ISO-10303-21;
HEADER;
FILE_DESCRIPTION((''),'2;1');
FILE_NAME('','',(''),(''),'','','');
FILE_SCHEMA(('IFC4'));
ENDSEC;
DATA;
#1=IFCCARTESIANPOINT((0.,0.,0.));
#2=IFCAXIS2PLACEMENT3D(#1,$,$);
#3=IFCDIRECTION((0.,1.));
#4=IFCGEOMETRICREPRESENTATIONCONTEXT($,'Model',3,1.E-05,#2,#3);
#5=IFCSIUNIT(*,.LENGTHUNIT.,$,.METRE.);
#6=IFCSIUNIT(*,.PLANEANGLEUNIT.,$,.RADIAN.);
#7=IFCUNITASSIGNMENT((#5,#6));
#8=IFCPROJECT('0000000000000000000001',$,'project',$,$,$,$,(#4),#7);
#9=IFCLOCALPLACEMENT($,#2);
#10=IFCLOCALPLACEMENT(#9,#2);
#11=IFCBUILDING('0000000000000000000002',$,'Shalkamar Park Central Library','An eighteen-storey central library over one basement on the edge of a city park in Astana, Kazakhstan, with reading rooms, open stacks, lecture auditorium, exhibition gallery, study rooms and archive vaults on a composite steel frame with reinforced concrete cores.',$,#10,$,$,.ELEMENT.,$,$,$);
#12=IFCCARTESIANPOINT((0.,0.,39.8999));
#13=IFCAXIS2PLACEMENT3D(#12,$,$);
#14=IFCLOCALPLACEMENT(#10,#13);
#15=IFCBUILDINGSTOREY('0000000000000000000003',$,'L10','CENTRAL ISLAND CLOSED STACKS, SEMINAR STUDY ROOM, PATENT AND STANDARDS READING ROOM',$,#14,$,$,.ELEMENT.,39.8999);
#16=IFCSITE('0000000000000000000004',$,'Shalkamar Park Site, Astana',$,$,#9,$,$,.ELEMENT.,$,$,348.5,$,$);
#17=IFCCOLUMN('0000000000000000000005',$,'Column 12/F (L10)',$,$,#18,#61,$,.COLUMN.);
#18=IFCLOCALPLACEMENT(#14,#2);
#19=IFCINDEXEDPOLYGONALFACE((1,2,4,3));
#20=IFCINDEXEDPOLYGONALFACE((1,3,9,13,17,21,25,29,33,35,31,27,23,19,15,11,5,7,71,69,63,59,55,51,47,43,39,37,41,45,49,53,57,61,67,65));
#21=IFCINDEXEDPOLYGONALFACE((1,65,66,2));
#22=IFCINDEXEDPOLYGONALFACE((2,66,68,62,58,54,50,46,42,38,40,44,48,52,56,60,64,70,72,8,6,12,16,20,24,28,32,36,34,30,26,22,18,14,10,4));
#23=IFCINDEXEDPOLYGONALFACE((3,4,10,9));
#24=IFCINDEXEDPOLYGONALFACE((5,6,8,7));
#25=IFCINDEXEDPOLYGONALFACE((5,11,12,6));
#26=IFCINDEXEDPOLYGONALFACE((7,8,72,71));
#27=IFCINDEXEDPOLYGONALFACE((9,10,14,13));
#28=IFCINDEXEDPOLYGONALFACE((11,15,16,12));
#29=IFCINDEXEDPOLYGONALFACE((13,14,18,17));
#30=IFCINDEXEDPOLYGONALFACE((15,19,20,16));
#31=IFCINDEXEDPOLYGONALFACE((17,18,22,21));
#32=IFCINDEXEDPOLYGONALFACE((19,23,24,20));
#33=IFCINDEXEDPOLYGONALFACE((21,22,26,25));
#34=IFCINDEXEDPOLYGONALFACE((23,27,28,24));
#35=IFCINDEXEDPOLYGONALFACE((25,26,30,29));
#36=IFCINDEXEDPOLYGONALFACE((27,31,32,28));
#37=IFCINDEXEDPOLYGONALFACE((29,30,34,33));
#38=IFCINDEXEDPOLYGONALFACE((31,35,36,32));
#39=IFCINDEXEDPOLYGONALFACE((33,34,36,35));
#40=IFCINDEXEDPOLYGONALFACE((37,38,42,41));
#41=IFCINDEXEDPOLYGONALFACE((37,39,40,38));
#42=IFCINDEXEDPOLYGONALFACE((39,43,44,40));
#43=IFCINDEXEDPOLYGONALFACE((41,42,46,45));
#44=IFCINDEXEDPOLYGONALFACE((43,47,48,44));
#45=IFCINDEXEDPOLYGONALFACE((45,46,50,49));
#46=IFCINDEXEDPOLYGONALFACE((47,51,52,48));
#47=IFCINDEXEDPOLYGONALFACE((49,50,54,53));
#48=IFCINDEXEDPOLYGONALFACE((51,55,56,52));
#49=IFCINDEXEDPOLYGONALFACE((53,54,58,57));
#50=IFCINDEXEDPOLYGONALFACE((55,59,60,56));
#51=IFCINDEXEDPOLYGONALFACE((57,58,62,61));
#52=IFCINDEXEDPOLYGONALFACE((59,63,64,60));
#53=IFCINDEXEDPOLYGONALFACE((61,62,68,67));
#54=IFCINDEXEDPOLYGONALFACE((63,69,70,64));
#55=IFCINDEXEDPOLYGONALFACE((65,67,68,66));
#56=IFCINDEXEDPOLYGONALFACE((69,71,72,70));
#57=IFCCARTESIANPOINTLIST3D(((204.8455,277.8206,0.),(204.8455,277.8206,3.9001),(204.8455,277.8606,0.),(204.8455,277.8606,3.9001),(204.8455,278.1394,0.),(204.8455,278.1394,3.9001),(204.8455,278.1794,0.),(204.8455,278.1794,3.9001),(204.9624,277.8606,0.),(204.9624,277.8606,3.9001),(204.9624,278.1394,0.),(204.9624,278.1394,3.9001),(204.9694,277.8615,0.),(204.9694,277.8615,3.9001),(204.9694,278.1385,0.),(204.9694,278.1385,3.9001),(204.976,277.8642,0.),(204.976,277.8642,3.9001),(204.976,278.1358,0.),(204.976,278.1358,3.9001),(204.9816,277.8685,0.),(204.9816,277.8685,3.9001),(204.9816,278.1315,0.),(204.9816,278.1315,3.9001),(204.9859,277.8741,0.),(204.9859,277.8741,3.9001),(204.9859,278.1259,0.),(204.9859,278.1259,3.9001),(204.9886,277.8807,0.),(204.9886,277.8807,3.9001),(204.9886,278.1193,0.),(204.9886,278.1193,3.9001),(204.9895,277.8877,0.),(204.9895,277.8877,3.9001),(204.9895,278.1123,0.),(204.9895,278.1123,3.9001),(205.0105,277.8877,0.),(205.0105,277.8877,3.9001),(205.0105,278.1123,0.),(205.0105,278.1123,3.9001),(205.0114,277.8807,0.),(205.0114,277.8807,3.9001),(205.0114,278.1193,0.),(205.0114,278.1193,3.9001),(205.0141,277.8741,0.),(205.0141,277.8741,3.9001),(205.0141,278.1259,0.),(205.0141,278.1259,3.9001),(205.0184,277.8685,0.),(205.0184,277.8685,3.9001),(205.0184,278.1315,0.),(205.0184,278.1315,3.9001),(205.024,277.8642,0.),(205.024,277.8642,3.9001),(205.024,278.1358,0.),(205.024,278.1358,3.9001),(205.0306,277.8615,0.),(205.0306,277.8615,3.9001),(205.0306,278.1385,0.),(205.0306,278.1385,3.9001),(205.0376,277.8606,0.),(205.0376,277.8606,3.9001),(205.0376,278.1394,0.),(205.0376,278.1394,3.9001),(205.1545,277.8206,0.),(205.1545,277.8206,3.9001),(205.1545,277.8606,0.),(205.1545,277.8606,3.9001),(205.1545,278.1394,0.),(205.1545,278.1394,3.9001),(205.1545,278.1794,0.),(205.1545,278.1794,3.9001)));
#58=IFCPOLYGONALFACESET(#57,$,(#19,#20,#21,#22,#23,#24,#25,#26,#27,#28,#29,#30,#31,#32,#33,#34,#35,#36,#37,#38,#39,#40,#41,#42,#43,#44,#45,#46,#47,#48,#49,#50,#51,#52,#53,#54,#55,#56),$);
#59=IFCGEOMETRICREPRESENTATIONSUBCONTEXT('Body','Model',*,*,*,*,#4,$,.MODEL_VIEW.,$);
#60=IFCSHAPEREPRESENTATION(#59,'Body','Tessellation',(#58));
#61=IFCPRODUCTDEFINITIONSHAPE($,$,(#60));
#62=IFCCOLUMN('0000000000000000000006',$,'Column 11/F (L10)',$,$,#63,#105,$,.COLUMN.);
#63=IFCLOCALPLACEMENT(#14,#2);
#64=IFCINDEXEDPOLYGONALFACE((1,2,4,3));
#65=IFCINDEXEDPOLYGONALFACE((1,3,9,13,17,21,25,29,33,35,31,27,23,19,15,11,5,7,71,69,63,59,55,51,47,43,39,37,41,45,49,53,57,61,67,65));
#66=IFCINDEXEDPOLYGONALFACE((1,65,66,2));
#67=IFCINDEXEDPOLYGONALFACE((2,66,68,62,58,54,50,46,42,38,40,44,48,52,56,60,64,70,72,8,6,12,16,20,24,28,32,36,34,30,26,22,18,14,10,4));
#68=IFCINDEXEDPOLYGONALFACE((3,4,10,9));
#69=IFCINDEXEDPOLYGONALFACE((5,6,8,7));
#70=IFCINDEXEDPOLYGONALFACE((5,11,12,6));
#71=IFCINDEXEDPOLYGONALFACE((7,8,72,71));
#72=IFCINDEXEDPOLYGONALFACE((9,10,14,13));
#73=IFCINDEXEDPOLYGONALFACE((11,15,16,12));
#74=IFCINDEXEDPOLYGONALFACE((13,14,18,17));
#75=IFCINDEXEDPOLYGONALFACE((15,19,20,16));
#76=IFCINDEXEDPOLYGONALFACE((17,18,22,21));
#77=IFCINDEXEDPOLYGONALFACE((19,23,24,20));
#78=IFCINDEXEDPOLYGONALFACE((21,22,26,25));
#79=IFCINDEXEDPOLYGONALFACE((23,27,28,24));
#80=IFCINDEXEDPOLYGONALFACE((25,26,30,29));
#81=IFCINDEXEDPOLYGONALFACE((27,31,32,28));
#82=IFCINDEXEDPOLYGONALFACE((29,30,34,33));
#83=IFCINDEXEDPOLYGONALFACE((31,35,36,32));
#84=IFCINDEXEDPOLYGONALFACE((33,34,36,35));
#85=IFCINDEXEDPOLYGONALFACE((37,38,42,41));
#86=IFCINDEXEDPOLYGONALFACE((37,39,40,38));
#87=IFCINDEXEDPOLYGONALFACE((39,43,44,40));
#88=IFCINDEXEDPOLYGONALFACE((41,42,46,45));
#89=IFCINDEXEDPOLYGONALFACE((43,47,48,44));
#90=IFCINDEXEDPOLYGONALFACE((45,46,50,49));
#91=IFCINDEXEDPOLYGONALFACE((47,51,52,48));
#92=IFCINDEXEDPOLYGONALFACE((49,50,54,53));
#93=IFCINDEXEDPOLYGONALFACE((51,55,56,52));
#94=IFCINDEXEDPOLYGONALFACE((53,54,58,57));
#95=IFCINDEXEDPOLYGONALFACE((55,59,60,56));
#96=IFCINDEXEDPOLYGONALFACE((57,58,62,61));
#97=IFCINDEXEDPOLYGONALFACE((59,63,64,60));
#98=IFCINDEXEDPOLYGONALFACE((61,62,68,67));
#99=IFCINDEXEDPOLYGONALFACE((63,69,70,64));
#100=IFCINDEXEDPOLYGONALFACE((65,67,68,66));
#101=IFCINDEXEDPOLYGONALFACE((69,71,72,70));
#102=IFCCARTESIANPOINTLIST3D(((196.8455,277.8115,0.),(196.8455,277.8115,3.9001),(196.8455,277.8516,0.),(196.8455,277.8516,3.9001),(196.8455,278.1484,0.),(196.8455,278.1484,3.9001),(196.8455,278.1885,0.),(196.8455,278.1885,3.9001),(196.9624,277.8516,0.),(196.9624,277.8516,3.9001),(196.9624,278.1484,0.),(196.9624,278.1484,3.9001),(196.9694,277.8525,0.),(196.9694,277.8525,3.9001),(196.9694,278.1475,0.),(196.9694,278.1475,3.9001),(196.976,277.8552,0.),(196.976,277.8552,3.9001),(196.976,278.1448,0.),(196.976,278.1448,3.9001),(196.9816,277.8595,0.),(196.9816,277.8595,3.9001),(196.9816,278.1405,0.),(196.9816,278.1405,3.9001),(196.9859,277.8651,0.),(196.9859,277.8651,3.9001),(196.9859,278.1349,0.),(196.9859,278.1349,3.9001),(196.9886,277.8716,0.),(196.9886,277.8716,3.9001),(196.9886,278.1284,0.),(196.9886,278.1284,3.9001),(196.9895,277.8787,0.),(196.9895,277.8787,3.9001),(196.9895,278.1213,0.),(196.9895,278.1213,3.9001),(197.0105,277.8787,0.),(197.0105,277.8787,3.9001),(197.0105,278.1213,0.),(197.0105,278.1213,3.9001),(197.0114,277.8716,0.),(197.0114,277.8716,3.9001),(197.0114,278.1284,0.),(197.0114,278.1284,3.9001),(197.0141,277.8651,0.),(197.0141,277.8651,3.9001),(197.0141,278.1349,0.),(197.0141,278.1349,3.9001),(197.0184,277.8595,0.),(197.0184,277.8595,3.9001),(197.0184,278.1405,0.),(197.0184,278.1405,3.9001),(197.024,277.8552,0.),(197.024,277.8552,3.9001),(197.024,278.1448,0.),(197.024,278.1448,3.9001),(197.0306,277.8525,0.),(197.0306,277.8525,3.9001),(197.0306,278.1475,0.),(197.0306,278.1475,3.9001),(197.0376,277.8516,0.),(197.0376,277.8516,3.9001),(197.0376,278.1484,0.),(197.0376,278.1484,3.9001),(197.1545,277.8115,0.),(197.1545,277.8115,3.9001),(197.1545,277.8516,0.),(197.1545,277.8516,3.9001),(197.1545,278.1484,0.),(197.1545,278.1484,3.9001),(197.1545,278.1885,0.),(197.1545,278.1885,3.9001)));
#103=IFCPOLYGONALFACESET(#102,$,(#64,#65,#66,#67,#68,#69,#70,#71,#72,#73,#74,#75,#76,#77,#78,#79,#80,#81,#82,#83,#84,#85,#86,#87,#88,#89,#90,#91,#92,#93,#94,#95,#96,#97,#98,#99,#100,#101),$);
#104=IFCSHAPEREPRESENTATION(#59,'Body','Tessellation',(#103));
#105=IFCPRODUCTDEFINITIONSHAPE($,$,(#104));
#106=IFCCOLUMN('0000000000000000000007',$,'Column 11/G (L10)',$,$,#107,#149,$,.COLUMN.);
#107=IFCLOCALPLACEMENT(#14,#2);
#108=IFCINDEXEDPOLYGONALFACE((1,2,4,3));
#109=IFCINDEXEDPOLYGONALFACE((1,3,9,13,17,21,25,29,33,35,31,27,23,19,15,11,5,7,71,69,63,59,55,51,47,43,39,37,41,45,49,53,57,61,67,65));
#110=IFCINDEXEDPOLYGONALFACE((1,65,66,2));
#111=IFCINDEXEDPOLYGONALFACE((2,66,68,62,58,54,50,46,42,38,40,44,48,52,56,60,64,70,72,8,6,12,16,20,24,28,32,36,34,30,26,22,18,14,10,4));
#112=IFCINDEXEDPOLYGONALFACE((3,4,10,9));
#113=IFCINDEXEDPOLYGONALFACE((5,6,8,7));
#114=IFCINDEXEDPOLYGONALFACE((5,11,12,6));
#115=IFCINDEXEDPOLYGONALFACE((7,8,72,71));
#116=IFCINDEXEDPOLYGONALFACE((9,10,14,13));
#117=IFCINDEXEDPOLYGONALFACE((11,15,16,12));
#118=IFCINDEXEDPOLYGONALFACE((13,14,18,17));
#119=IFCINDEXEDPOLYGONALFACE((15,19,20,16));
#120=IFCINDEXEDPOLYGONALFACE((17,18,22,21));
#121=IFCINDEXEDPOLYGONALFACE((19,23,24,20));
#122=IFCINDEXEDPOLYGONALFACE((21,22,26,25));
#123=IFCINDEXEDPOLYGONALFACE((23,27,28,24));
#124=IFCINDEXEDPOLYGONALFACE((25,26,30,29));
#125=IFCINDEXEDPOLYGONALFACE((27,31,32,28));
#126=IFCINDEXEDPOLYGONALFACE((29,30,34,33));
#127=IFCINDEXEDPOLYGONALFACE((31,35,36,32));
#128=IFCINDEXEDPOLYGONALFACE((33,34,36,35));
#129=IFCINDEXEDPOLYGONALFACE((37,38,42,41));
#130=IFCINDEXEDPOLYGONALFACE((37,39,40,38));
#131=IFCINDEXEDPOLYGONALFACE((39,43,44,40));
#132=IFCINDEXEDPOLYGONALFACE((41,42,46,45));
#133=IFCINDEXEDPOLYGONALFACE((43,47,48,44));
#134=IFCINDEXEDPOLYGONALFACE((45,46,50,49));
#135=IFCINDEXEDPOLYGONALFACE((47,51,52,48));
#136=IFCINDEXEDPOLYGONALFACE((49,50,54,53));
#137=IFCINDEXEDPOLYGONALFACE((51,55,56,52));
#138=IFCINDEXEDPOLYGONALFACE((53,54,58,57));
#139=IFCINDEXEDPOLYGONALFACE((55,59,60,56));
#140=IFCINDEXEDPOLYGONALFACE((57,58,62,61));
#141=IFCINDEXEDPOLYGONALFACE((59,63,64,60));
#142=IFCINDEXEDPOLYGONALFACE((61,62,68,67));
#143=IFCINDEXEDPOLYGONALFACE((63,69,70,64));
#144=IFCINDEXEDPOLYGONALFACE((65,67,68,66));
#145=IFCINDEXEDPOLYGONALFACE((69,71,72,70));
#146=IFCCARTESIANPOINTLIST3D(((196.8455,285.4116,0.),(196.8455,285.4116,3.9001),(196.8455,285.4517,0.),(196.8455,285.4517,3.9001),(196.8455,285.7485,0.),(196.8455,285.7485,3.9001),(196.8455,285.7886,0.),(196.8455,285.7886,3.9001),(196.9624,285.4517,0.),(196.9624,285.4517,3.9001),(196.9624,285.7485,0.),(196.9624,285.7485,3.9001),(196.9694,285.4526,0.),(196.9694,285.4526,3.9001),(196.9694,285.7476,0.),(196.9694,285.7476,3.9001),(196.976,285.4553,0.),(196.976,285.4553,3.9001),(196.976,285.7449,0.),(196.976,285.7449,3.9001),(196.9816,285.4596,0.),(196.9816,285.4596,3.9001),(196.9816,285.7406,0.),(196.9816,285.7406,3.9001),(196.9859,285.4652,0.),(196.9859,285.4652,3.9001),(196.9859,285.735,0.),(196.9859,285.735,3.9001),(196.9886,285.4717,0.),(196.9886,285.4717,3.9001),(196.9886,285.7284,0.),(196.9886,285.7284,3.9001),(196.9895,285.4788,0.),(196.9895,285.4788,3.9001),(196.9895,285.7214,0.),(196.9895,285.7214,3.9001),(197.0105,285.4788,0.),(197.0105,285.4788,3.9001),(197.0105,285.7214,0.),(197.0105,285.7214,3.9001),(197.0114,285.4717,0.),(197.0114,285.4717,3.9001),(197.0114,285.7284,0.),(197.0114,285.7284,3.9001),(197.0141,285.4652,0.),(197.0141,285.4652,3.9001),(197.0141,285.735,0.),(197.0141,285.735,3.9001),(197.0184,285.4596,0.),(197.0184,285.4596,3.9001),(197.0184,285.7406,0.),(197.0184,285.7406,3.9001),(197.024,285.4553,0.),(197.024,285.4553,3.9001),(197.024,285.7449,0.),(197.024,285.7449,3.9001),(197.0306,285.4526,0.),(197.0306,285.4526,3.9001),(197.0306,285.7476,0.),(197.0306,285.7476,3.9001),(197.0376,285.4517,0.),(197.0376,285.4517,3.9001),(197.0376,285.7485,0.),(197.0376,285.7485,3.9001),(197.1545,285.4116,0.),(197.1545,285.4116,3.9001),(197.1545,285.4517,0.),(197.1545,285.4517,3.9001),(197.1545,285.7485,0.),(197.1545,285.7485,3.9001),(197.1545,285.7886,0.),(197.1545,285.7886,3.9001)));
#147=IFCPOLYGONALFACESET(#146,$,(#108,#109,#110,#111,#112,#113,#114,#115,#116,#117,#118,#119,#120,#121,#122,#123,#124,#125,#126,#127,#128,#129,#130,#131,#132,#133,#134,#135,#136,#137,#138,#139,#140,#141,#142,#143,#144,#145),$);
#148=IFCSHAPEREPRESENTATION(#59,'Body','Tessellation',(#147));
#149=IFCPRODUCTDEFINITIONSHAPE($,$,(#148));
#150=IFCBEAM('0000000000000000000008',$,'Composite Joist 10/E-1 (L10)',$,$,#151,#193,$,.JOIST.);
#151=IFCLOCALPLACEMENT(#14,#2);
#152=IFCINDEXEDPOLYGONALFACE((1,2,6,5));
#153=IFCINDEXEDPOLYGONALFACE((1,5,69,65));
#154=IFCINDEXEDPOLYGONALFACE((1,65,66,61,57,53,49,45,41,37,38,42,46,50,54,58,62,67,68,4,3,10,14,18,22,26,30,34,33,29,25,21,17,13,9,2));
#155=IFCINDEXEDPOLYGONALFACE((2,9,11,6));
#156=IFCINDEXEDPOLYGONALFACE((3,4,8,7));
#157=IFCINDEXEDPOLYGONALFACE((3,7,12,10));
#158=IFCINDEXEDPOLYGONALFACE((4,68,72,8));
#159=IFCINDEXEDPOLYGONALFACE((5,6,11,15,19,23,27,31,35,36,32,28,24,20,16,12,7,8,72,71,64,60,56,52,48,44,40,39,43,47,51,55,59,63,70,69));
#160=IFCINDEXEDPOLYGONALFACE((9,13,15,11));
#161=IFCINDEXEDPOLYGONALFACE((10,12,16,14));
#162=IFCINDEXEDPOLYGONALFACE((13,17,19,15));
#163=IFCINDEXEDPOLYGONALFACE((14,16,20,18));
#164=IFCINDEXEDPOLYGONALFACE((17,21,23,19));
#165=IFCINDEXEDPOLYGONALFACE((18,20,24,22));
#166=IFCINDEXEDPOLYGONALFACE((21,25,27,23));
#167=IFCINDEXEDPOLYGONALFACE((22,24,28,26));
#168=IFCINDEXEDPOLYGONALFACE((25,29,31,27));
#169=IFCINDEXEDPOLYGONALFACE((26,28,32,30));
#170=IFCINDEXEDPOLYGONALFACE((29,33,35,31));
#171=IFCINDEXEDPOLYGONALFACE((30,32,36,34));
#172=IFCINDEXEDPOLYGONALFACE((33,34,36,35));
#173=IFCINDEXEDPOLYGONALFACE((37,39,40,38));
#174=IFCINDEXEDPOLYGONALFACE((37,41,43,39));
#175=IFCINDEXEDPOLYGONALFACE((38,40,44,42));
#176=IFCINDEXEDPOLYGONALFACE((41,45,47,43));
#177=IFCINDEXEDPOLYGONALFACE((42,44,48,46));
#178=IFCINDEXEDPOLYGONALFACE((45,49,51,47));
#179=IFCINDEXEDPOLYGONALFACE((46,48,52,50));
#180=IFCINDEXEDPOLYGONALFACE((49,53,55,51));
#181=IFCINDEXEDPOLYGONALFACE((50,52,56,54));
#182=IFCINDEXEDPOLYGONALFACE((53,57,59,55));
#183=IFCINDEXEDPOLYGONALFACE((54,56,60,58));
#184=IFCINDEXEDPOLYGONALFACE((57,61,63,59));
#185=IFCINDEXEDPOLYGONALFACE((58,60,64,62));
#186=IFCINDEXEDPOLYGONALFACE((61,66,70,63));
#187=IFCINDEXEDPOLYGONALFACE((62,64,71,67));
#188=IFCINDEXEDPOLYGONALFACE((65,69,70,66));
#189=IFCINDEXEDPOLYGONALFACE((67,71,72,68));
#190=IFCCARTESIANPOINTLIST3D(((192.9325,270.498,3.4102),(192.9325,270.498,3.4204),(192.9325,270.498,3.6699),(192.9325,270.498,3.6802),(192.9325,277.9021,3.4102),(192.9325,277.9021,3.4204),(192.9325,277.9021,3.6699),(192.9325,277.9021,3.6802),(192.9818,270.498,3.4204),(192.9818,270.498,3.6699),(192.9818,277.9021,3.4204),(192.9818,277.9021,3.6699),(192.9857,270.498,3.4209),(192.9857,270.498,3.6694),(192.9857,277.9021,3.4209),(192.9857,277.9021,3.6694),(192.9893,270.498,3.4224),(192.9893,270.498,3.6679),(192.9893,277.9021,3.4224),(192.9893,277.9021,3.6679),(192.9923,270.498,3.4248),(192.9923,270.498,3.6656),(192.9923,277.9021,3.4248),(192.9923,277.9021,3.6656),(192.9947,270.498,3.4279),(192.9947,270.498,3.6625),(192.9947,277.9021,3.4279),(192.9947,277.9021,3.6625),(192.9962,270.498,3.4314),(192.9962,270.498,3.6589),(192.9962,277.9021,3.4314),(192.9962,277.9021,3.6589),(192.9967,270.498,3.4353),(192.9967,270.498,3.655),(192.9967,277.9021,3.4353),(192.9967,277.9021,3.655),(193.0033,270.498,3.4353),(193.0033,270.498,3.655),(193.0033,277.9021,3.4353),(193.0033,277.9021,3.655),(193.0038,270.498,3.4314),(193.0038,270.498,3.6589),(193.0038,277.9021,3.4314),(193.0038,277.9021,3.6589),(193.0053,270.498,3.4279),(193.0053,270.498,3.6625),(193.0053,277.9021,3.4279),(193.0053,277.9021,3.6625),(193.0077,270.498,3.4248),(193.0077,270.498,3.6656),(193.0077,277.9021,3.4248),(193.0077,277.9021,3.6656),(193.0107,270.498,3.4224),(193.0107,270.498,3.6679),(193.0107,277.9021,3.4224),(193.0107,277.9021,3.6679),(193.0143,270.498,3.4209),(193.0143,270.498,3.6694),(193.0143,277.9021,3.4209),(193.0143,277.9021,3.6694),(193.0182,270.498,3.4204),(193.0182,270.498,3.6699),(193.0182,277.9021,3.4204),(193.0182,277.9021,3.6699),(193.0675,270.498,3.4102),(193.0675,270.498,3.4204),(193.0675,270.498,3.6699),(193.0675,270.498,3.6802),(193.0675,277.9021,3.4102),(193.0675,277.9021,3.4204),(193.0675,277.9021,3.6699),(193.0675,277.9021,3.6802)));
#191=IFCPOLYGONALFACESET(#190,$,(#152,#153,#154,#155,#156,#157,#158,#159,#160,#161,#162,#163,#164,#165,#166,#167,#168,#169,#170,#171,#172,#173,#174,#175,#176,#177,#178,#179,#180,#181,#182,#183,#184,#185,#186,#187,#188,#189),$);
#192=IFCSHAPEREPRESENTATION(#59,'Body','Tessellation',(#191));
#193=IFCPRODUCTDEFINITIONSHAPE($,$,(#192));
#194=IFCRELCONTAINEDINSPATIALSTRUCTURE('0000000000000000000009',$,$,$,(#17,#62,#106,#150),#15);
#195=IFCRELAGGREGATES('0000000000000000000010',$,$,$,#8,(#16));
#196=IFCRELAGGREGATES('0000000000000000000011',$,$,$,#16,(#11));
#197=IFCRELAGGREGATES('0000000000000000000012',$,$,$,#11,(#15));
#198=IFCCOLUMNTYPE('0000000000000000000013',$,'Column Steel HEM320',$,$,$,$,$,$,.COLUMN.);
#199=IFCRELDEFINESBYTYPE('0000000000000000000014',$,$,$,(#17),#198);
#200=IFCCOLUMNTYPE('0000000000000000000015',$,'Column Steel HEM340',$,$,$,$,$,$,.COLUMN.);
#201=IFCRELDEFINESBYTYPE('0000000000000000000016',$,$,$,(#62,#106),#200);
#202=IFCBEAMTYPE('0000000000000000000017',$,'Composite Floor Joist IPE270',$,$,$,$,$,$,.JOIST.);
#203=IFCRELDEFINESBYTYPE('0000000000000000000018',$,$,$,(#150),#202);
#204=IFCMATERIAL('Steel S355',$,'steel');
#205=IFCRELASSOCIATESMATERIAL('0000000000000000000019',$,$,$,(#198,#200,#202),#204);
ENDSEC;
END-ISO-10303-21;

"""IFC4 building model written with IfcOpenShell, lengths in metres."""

from ifc_helpers import new_model, si_unit, direction, frame, origin, origin_2d, place, context, subcontext, project, spatial, i_section, extrude, material, material_profile, profile_set, type_object, element, save


model = new_model("IFC4")

# Units and contexts
model_context = context("Model", 3, precision=1e-05, world=origin(), true_north=direction((0.0, 1.0)))
body_context = subcontext(model_context, "Body", "Model", "MODEL_VIEW")
ifc_project = project(units=[si_unit("LENGTHUNIT", "METRE"), si_unit("PLANEANGLEUNIT", "RADIAN")], contexts=[model_context])

# Site, building, storey
site_placement = place(None, origin())
site = spatial("IfcSite", under=ifc_project, at=site_placement, Name="Shalkamar Park Site, Astana", CompositionType="ELEMENT", RefElevation=348.5)
building_placement = place(site_placement, origin())
building = spatial("IfcBuilding", under=site, at=building_placement, Name="Shalkamar Park Central Library", Description="An eighteen-storey central library over one basement on the edge of a city park in Astana, Kazakhstan, with reading rooms, open stacks, lecture auditorium, exhibition gallery, study rooms and archive vaults on a composite steel frame with reinforced concrete cores.", CompositionType="ELEMENT")
storey_placement = place(building_placement, frame((0.0, 0.0, 39.8999)))
storey = spatial("IfcBuildingStorey", under=building, at=storey_placement, Name="L10", Description="CENTRAL ISLAND CLOSED STACKS, SEMINAR STUDY ROOM, PATENT AND STANDARDS READING ROOM", CompositionType="ELEMENT", Elevation=39.8999)

# Columns
ifc_material_1 = material(Name="Steel S355", Category="steel")
ifc_material_profile_1 = material_profile(ifc_material_1, i_section(OverallWidth=0.3091, OverallDepth=0.3589, WebThickness=0.021, FlangeThickness=0.04, FilletRadius=0.0271, at=origin_2d()), Name="HEM 320")
ifc_profile_set_1 = profile_set([ifc_material_profile_1], Name="Steel S355")
column_type_1 = type_object("IfcColumnType", Name="Column Steel HEM320", PredefinedType="COLUMN", material=ifc_profile_set_1)
column_placement = place(storey_placement, frame((205.0, 278.0, 0.0), z_axis=(0.0, 0.0, 1.0), x_axis=(1.0, 0.0, 0.0)))
element("IfcColumn", 1, at=column_placement, inside=storey, type_object=column_type_1, Name="Column 12/F (L10)", PredefinedType="COLUMN", context=body_context, shape_type="SweptSolid", body=[
    extrude(i_section(OverallWidth=0.3091, OverallDepth=0.3589, WebThickness=0.021, FlangeThickness=0.04, FilletRadius=0.0271, at=origin_2d()), origin(), (0.0, 0.0, 1.0), 3.9001),
])
ifc_material_profile_2 = material_profile(ifc_material_1, i_section(OverallWidth=0.3091, OverallDepth=0.377, WebThickness=0.021, FlangeThickness=0.04, FilletRadius=0.0271, at=origin_2d()), Name="HEM 340")
ifc_profile_set_2 = profile_set([ifc_material_profile_2], Name="Steel S355")
column_type_2 = type_object("IfcColumnType", Name="Column Steel HEM340", PredefinedType="COLUMN", material=ifc_profile_set_2)
for number, where, z_axis, x_axis, name in (
    (2, (197.0, 278.0, 0.0), (0.0, 0.0, 1.0), (1.0, 0.0, 0.0), "Column 11/F (L10)"),
    (3, (197.0, 285.6001, 0.0), (0.0, 0.0, 1.0), (1.0, 0.0, 0.0), "Column 11/G (L10)"),
):
    element("IfcColumn", number, at=place(storey_placement, frame(where, z_axis=z_axis, x_axis=x_axis)), inside=storey, type_object=column_type_2, Name=name, PredefinedType="COLUMN", context=body_context, shape_type="SweptSolid", body=[
        extrude(i_section(OverallWidth=0.3091, OverallDepth=0.377, WebThickness=0.021, FlangeThickness=0.04, FilletRadius=0.0271, at=origin_2d()), origin(), (0.0, 0.0, 1.0), 3.9001),
    ])

# Beam
ifc_material_profile_3 = material_profile(ifc_material_1, i_section(OverallWidth=0.135, OverallDepth=0.27, WebThickness=0.0066, FlangeThickness=0.0103, FilletRadius=0.0149, at=origin_2d()), Name="IPE 270")
ifc_profile_set_3 = profile_set([ifc_material_profile_3], Name="Steel S355")
beam_type_1 = type_object("IfcBeamType", Name="Composite Floor Joist IPE270", PredefinedType="JOIST", material=ifc_profile_set_3)
beam_1_placement = place(storey_placement, frame((193.0, 270.498, 3.5452), z_axis=(0.0, 1.0, 0.0), x_axis=(-1.0, 0.0, 0.0)))
element("IfcBeam", 4, at=beam_1_placement, inside=storey, type_object=beam_type_1, Name="Composite Joist 10/E-1 (L10)", PredefinedType="JOIST", context=body_context, shape_type="SweptSolid", body=[
    extrude(i_section(OverallWidth=0.135, OverallDepth=0.27, WebThickness=0.0066, FlangeThickness=0.0103, FilletRadius=0.0149, at=origin_2d()), origin(), (0.0, 0.0, 1.0), 7.4041),
])

save(model, "model.ifc")
